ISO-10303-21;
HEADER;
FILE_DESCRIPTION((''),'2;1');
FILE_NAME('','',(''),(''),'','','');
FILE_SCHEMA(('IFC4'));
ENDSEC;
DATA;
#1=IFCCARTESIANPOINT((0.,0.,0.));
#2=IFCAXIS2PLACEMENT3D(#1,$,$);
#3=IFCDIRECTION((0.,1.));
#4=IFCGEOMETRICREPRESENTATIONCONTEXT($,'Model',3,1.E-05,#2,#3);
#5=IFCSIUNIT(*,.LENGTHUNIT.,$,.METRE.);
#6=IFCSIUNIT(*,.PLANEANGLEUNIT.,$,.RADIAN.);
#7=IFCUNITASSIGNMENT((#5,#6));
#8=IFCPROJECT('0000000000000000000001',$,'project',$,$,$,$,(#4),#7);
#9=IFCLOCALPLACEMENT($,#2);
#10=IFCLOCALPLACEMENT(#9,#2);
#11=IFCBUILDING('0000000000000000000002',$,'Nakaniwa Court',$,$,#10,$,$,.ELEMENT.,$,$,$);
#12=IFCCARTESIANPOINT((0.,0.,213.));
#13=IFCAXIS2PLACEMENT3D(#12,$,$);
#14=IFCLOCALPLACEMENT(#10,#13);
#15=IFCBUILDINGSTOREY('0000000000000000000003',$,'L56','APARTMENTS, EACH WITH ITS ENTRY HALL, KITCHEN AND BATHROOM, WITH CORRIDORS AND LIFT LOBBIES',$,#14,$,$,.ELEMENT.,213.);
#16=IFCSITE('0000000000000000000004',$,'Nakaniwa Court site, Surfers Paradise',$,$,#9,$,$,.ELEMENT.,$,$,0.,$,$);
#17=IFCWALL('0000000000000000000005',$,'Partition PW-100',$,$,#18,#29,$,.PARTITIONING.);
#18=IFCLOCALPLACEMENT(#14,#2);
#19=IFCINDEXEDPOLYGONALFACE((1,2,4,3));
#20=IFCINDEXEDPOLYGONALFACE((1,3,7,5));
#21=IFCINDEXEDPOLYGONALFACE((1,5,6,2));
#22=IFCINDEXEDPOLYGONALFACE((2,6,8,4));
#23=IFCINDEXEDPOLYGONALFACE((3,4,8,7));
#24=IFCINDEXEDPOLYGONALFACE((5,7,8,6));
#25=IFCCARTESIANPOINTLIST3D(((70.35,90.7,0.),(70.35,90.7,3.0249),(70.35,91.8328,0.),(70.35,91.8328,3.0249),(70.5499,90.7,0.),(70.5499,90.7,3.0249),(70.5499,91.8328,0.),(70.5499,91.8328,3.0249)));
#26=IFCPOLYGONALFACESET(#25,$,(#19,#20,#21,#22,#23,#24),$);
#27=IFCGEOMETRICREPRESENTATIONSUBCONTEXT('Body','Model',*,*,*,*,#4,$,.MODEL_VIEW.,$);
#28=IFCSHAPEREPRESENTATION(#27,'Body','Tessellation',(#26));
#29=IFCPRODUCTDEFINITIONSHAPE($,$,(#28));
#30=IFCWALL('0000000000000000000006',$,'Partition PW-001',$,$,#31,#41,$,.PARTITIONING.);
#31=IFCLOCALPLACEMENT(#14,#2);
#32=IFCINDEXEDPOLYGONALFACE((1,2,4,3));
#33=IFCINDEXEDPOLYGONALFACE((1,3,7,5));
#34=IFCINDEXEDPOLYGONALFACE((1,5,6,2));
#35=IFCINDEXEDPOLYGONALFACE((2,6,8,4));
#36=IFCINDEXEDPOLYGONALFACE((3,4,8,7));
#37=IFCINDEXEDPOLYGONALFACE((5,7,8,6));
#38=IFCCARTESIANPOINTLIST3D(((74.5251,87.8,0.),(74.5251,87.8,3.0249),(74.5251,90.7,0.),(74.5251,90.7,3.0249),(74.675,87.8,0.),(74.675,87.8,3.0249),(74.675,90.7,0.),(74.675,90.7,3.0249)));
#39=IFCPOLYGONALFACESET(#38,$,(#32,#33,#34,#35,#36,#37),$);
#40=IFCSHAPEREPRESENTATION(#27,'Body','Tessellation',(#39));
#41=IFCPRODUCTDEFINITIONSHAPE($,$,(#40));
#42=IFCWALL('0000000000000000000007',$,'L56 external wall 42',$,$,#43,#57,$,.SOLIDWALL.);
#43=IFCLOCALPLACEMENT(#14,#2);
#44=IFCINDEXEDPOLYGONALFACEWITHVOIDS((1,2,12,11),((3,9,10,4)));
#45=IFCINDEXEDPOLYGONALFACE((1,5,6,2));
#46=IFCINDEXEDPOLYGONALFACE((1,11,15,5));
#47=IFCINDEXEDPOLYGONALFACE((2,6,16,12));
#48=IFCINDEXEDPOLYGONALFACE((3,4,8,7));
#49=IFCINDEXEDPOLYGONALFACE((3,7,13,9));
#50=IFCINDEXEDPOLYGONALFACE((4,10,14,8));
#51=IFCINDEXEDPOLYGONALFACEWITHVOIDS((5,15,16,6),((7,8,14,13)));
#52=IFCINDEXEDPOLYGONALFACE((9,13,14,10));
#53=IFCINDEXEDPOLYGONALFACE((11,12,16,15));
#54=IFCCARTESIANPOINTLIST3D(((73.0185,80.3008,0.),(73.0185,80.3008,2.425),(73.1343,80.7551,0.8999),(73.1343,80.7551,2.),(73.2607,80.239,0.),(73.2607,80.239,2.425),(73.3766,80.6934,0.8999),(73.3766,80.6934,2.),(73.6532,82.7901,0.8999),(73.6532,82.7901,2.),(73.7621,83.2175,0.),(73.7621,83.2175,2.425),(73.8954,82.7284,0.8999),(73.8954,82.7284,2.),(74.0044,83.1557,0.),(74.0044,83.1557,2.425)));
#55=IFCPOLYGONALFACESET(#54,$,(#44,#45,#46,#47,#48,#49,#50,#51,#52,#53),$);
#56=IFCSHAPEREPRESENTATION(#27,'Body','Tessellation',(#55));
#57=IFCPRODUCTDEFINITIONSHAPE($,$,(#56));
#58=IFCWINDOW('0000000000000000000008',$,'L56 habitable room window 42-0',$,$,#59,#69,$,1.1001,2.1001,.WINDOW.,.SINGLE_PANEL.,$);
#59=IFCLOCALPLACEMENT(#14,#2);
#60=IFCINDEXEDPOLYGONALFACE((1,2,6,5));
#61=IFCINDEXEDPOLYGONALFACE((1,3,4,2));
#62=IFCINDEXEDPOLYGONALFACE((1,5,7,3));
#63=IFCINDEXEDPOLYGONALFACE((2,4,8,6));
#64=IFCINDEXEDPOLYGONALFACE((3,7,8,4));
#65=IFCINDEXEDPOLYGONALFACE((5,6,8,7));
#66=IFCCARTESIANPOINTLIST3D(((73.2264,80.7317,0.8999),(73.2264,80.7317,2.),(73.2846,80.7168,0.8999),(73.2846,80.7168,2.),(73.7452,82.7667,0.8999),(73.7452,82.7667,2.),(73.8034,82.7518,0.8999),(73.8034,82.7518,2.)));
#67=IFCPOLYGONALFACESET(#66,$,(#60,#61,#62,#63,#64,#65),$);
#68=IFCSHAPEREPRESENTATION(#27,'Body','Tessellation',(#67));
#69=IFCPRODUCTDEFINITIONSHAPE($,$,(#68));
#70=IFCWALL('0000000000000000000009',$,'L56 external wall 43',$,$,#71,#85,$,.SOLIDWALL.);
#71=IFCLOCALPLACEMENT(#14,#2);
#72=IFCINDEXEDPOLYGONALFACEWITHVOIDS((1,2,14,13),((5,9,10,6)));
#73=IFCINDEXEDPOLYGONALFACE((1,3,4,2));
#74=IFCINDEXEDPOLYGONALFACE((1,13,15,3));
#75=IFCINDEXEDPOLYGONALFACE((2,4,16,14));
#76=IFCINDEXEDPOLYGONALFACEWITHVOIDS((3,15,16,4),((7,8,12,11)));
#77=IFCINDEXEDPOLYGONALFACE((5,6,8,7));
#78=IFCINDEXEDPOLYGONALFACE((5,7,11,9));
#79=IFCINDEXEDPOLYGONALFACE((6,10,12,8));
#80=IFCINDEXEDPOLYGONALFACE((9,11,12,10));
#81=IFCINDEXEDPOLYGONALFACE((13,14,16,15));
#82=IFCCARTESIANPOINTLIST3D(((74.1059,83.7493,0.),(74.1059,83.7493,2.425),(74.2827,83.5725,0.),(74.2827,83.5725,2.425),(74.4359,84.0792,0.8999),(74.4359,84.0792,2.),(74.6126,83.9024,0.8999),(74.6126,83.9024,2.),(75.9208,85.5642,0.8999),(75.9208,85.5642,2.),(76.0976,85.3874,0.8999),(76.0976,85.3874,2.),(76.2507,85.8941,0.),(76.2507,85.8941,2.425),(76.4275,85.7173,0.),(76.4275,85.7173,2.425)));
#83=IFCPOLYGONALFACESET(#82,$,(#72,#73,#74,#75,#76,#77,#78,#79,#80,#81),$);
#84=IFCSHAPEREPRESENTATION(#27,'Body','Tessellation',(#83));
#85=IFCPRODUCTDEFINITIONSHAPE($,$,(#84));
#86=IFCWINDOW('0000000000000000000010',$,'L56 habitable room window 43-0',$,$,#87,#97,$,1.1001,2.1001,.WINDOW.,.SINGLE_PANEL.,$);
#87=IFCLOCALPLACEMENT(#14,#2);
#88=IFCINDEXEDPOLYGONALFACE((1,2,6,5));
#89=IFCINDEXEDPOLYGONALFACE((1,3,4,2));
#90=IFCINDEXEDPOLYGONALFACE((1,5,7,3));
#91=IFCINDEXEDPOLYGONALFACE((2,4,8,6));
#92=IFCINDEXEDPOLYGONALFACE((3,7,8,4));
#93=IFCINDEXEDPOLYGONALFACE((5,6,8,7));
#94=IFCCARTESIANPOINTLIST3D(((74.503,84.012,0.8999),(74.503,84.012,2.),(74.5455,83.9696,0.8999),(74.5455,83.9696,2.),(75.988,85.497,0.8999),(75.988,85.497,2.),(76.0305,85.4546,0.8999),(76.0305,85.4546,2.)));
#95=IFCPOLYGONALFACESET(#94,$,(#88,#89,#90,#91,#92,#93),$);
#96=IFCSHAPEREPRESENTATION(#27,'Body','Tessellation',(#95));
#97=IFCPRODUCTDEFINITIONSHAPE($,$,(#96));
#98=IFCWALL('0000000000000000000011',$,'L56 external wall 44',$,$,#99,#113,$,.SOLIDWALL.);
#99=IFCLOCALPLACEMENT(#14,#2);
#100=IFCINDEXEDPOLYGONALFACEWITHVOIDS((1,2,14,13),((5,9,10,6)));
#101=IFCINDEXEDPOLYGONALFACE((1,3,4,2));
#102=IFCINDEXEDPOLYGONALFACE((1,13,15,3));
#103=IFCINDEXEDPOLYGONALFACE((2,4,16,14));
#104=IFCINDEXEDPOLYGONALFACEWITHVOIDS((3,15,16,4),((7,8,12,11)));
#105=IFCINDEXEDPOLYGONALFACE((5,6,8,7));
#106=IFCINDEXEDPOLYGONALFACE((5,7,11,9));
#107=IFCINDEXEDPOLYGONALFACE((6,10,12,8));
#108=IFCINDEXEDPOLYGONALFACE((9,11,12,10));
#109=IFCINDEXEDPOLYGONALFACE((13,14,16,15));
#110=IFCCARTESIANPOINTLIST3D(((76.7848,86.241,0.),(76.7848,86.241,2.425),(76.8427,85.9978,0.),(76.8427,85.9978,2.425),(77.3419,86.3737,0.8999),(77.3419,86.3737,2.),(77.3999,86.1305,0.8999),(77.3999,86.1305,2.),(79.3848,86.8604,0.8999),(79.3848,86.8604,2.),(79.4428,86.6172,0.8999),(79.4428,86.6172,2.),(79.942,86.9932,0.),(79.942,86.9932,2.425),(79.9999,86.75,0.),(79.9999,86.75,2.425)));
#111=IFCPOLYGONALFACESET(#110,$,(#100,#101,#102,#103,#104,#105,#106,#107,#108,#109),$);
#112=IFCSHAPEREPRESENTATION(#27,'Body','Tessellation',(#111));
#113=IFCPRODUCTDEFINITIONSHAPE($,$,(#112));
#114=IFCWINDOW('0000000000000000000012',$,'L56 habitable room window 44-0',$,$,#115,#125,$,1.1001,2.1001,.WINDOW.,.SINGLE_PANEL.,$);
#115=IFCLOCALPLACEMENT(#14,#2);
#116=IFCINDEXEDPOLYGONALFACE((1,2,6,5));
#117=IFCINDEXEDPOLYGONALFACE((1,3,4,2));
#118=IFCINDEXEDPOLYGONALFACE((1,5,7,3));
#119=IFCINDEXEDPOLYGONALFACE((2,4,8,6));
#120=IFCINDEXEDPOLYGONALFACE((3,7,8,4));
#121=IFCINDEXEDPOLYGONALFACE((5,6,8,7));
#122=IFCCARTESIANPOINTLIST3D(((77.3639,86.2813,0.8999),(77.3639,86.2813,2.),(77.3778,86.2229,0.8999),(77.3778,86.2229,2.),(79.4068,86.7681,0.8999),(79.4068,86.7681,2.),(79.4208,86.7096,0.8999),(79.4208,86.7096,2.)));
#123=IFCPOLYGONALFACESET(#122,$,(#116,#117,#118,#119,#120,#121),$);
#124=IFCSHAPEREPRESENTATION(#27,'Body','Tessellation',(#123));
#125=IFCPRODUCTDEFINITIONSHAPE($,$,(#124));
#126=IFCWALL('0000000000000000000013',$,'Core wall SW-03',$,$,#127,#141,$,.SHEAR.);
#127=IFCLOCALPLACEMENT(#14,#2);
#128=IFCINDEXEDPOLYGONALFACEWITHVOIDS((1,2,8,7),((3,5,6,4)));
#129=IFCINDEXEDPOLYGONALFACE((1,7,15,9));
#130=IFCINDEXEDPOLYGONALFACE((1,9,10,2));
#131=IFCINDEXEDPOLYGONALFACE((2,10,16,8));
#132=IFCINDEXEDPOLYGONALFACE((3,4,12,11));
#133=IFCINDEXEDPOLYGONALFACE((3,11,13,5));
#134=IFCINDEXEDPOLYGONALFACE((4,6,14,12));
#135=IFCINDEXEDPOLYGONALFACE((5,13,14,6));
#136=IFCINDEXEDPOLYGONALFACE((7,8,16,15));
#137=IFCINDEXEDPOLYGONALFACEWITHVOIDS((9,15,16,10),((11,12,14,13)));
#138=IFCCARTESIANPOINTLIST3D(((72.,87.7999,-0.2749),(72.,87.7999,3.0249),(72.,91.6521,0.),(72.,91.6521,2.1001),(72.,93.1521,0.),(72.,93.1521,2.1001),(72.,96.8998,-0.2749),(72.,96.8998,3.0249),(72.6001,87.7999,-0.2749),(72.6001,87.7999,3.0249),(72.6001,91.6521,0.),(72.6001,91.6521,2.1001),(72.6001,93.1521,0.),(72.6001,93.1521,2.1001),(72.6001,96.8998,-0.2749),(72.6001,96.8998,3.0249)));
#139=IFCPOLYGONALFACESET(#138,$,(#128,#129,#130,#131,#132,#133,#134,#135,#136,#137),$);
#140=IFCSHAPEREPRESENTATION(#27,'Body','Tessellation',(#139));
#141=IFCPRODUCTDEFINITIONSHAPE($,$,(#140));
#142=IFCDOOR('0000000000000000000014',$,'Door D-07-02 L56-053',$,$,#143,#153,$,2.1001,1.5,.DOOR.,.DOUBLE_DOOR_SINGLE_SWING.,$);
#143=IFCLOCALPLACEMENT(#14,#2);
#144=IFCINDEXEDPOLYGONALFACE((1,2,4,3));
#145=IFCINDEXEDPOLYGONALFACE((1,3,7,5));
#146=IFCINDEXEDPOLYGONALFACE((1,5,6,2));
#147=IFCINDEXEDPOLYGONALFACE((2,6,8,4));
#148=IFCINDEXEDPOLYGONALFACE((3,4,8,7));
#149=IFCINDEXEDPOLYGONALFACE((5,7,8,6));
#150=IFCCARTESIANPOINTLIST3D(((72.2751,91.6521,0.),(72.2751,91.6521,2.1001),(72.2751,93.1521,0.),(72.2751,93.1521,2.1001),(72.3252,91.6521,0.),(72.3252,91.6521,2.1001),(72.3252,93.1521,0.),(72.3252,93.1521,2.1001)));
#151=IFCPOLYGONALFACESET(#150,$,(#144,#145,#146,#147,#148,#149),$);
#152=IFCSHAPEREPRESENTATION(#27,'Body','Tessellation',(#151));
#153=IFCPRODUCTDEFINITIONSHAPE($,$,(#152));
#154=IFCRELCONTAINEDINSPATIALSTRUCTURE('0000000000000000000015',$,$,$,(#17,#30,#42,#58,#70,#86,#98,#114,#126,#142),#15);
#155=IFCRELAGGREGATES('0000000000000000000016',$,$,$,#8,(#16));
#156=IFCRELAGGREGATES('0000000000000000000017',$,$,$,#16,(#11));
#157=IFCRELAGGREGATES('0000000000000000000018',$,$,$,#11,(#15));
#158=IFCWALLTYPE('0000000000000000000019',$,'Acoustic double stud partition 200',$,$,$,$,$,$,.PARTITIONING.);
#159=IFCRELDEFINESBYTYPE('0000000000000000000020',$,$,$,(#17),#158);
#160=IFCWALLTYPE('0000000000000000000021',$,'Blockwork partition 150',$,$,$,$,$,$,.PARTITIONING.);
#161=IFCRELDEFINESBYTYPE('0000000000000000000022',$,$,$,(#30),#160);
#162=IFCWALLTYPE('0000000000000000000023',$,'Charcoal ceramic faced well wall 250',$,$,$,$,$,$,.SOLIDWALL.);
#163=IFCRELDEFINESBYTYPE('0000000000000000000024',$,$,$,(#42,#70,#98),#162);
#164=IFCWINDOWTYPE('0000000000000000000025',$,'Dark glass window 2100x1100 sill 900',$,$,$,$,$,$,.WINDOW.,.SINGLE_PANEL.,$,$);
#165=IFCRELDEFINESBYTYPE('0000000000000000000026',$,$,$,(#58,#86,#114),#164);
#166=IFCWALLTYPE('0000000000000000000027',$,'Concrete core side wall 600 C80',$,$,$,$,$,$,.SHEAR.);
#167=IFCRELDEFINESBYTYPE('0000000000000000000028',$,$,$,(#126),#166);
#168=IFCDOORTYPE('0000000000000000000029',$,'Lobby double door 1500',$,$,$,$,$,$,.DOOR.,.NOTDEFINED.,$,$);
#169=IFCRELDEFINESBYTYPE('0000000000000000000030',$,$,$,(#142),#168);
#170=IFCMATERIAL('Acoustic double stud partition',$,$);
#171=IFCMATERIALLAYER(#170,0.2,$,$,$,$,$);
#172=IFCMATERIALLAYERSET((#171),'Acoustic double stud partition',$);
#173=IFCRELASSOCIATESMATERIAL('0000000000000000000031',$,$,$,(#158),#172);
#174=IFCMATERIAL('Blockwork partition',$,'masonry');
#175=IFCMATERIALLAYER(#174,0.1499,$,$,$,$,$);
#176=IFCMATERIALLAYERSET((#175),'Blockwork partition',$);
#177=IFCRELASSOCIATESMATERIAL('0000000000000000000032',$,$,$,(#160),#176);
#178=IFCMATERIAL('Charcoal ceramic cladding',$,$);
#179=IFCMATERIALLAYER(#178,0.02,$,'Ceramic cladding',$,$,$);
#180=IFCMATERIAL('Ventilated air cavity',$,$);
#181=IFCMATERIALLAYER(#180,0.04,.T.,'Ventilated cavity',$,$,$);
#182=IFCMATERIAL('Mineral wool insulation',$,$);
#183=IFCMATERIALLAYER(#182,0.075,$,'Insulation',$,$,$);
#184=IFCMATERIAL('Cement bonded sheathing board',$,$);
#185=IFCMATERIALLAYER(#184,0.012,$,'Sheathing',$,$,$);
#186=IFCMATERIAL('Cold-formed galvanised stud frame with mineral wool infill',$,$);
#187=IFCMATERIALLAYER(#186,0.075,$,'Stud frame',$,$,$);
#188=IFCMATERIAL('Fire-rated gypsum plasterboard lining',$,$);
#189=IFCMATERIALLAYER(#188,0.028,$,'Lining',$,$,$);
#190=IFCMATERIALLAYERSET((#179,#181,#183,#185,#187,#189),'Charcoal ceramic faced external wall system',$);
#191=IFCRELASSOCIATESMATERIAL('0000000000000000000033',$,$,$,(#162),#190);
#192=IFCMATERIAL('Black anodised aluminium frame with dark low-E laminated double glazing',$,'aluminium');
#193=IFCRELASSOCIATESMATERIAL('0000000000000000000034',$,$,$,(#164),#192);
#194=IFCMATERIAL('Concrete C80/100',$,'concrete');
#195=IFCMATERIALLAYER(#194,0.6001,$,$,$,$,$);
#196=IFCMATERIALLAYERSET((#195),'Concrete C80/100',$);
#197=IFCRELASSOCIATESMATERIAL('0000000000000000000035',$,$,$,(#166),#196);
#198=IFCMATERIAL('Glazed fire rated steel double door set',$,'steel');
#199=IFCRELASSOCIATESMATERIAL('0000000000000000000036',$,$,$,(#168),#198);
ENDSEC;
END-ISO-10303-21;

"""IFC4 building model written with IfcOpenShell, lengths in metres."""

from ifc_helpers import new_model, si_unit, direction, frame, frame_2d, origin, place, context, subcontext, project, spatial, rectangle, extrude, material, layer, layer_set, type_object, element, fill, save


model = new_model("IFC4")

# Units and contexts
model_context = context("Model", 3, precision=1e-05, world=origin(), true_north=direction((0.0, 1.0)))
body_context = subcontext(model_context, "Body", "Model", "MODEL_VIEW")
ifc_project = project(units=[si_unit("LENGTHUNIT", "METRE"), si_unit("PLANEANGLEUNIT", "RADIAN")], contexts=[model_context])

# Site, building, storey
site_placement = place(None, origin())
site = spatial("IfcSite", under=ifc_project, at=site_placement, Name="Nakaniwa Court site, Surfers Paradise", CompositionType="ELEMENT", RefElevation=0.0)
building_placement = place(site_placement, origin())
building = spatial("IfcBuilding", under=site, at=building_placement, Name="Nakaniwa Court", CompositionType="ELEMENT")
storey_placement = place(building_placement, frame((0.0, 0.0, 213.0)))
storey = spatial("IfcBuildingStorey", under=building, at=storey_placement, Name="L56", Description="APARTMENTS, EACH WITH ITS ENTRY HALL, KITCHEN AND BATHROOM, WITH CORRIDORS AND LIFT LOBBIES", CompositionType="ELEMENT", Elevation=213.0)

# Shared definitions
ifc_material_1 = material(Name="Concrete C80/100", Category="concrete")

# Walls
ifc_material_2 = material(Name="Acoustic double stud partition")
ifc_layer_1 = layer(ifc_material_2, 0.2)
ifc_layer_set_1 = layer_set([ifc_layer_1], Name="Acoustic double stud partition")
wall_type_1 = type_object("IfcWallType", Name="Acoustic double stud partition 200", PredefinedType="PARTITIONING", material=ifc_layer_set_1)
wall_1_placement = place(storey_placement, frame((70.45, 90.7, 0.0), z_axis=(0.0, 0.0, 1.0), x_axis=(0.0, 1.0, 0.0)))
element("IfcWall", 1, at=wall_1_placement, inside=storey, type_object=wall_type_1, Name="Partition PW-100", PredefinedType="PARTITIONING", context=body_context, shape_type="SweptSolid", body=[
    extrude(rectangle(XDim=1.1328, YDim=0.2, at=frame_2d((0.5664, 0.0))), origin(), (0.0, 0.0, 1.0), 3.0249),
])
ifc_material_3 = material(Name="Blockwork partition", Category="masonry")
ifc_layer_2 = layer(ifc_material_3, 0.1499)
ifc_layer_set_2 = layer_set([ifc_layer_2], Name="Blockwork partition")
wall_type_2 = type_object("IfcWallType", Name="Blockwork partition 150", PredefinedType="PARTITIONING", material=ifc_layer_set_2)
wall_2_placement = place(storey_placement, frame((74.6001, 87.8, 0.0), z_axis=(0.0, 0.0, 1.0), x_axis=(0.0, 1.0, 0.0)))
element("IfcWall", 2, at=wall_2_placement, inside=storey, type_object=wall_type_2, Name="Partition PW-001", PredefinedType="PARTITIONING", context=body_context, shape_type="SweptSolid", body=[
    extrude(rectangle(XDim=2.8999, YDim=0.1499, at=frame_2d((1.45, 0.0))), origin(), (0.0, 0.0, 1.0), 3.0249),
])

# Walls, openings, windows
ifc_material_4 = material(Name="Charcoal ceramic cladding")
ifc_layer_3 = layer(ifc_material_4, 0.02, Name="Ceramic cladding")
ifc_material_5 = material(Name="Ventilated air cavity")
ifc_layer_4 = layer(ifc_material_5, 0.04, ventilated=True, Name="Ventilated cavity")
ifc_material_6 = material(Name="Mineral wool insulation")
ifc_layer_5 = layer(ifc_material_6, 0.075, Name="Insulation")
ifc_material_7 = material(Name="Cement bonded sheathing board")
ifc_layer_6 = layer(ifc_material_7, 0.012, Name="Sheathing")
ifc_material_8 = material(Name="Cold-formed galvanised stud frame with mineral wool infill")
ifc_layer_7 = layer(ifc_material_8, 0.075, Name="Stud frame")
ifc_material_9 = material(Name="Fire-rated gypsum plasterboard lining")
ifc_layer_8 = layer(ifc_material_9, 0.028, Name="Lining")
ifc_layer_set_3 = layer_set([ifc_layer_3, ifc_layer_4, ifc_layer_5, ifc_layer_6, ifc_layer_7, ifc_layer_8], Name="Charcoal ceramic faced external wall system")
wall_type_3 = type_object("IfcWallType", Name="Charcoal ceramic faced well wall 250", PredefinedType="SOLIDWALL", material=ifc_layer_set_3)
wall_3_placement = place(storey_placement, frame((73.1396, 80.27, 0.0), z_axis=(0.0, 0.0, 1.0), x_axis=(0.247056, 0.969001, 0.0)))
wall_3 = element("IfcWall", 3, at=wall_3_placement, inside=storey, type_object=wall_type_3, Name="L56 external wall 42", PredefinedType="SOLIDWALL", context=body_context, shape_type="SweptSolid", body=[
    extrude(rectangle(XDim=3.01, YDim=0.25, at=frame_2d((1.5049, 0.0))), origin(), (0.0, 0.0, 1.0), 2.425),
])
opening_1_placement = place(wall_3_placement, frame((0.4688, 0.0, 0.8999)))
opening_1 = element("IfcOpeningElement", 4, at=opening_1_placement, cuts=wall_3, PredefinedType="OPENING", context=body_context, shape_type="SweptSolid", body=[
    extrude(rectangle(XDim=2.1001, YDim=1.1001, at=frame_2d((1.05, 0.55))), frame((0.0, 0.135, 0.0), z_axis=(0.0, -1.0, 0.0), x_axis=(1.0, 0.0, 0.0)), (0.0, 0.0, 1.0), 0.27),
])
ifc_material_10 = material(Name="Black anodised aluminium frame with dark low-E laminated double glazing", Category="aluminium")
window_type = type_object("IfcWindowType", Name="Dark glass window 2100x1100 sill 900", PartitioningType="SINGLE_PANEL", PredefinedType="WINDOW", material=ifc_material_10)
window_1_placement = place(opening_1_placement, origin())
window_1 = element("IfcWindow", 5, at=window_1_placement, inside=storey, type_object=window_type, Name="L56 habitable room window 42-0", OverallHeight=1.1001, OverallWidth=2.1001, PartitioningType="SINGLE_PANEL", PredefinedType="WINDOW", context=body_context, shape_type="SweptSolid", body=[
    extrude(rectangle(XDim=2.1001, YDim=1.1001, at=frame_2d((1.05, 0.55))), frame((0.0, 0.03, 0.0), z_axis=(0.0, -1.0, 0.0), x_axis=(1.0, 0.0, 0.0)), (0.0, 0.0, 1.0), 0.0601),
])
fill(opening_1, window_1)
wall_4_placement = place(storey_placement, frame((74.1943, 83.6609, 0.0), z_axis=(0.0, 0.0, 1.0), x_axis=(0.707107, 0.707107, 0.0)))
wall_4 = element("IfcWall", 6, at=wall_4_placement, inside=storey, type_object=wall_type_3, Name="L56 external wall 43", PredefinedType="SOLIDWALL", context=body_context, shape_type="SweptSolid", body=[
    extrude(rectangle(XDim=3.0332, YDim=0.25, at=frame_2d((1.5166, 0.0))), origin(), (0.0, 0.0, 1.0), 2.425),
])
opening_2_placement = place(wall_4_placement, frame((0.4666, 0.0, 0.8999)))
opening_2 = element("IfcOpeningElement", 7, at=opening_2_placement, cuts=wall_4, PredefinedType="OPENING", context=body_context, shape_type="SweptSolid", body=[
    extrude(rectangle(XDim=2.1001, YDim=1.1001, at=frame_2d((1.05, 0.55))), frame((0.0, 0.135, 0.0), z_axis=(0.0, -1.0, 0.0), x_axis=(1.0, 0.0, 0.0)), (0.0, 0.0, 1.0), 0.27),
])
window_2_placement = place(opening_2_placement, origin())
window_2 = element("IfcWindow", 8, at=window_2_placement, inside=storey, type_object=window_type, Name="L56 habitable room window 43-0", OverallHeight=1.1001, OverallWidth=2.1001, PartitioningType="SINGLE_PANEL", PredefinedType="WINDOW", context=body_context, shape_type="SweptSolid", body=[
    extrude(rectangle(XDim=2.1001, YDim=1.1001, at=frame_2d((1.05, 0.55))), frame((0.0, 0.03, 0.0), z_axis=(0.0, -1.0, 0.0), x_axis=(1.0, 0.0, 0.0)), (0.0, 0.0, 1.0), 0.0601),
])
fill(opening_2, window_2)
wall_5_placement = place(storey_placement, frame((76.8137, 86.1194, 0.0), z_axis=(0.0, 0.0, 1.0), x_axis=(0.972773, 0.23176, 0.0)))
wall_5 = element("IfcWall", 9, at=wall_5_placement, inside=storey, type_object=wall_type_3, Name="L56 external wall 44", PredefinedType="SOLIDWALL", context=body_context, shape_type="SweptSolid", body=[
    extrude(rectangle(XDim=3.2456, YDim=0.25, at=frame_2d((1.6228, 0.0))), origin(), (0.0, 0.0, 1.0), 2.425),
])
opening_3_placement = place(wall_5_placement, frame((0.5728, 0.0, 0.8999)))
opening_3 = element("IfcOpeningElement", 10, at=opening_3_placement, cuts=wall_5, PredefinedType="OPENING", context=body_context, shape_type="SweptSolid", body=[
    extrude(rectangle(XDim=2.1001, YDim=1.1001, at=frame_2d((1.05, 0.55))), frame((0.0, 0.135, 0.0), z_axis=(0.0, -1.0, 0.0), x_axis=(1.0, 0.0, 0.0)), (0.0, 0.0, 1.0), 0.27),
])
window_3_placement = place(opening_3_placement, origin())
window_3 = element("IfcWindow", 11, at=window_3_placement, inside=storey, type_object=window_type, Name="L56 habitable room window 44-0", OverallHeight=1.1001, OverallWidth=2.1001, PartitioningType="SINGLE_PANEL", PredefinedType="WINDOW", context=body_context, shape_type="SweptSolid", body=[
    extrude(rectangle(XDim=2.1001, YDim=1.1001, at=frame_2d((1.05, 0.55))), frame((0.0, 0.03, 0.0), z_axis=(0.0, -1.0, 0.0), x_axis=(1.0, 0.0, 0.0)), (0.0, 0.0, 1.0), 0.0601),
])
fill(opening_3, window_3)

# Wall, opening, door
ifc_layer_9 = layer(ifc_material_1, 0.6001)
ifc_layer_set_4 = layer_set([ifc_layer_9], Name="Concrete C80/100")
wall_type_4 = type_object("IfcWallType", Name="Concrete core side wall 600 C80", PredefinedType="SHEAR", material=ifc_layer_set_4)
wall_6_placement = place(storey_placement, frame((72.3, 87.8, -0.2749), z_axis=(0.0, 0.0, 1.0), x_axis=(0.0, 1.0, 0.0)))
wall_6 = element("IfcWall", 12, at=wall_6_placement, inside=storey, type_object=wall_type_4, Name="Core wall SW-03", PredefinedType="SHEAR", context=body_context, shape_type="SweptSolid", body=[
    extrude(rectangle(XDim=9.0999, YDim=0.6001, at=frame_2d((4.5498, 0.0))), origin(), (0.0, 0.0, 1.0), 3.2998),
])
opening_4_placement = place(wall_6_placement, frame((3.8521, 0.0, 0.2749)))
opening_4 = element("IfcOpeningElement", 13, at=opening_4_placement, cuts=wall_6, PredefinedType="OPENING", context=body_context, shape_type="SweptSolid", body=[
    extrude(rectangle(XDim=1.5, YDim=2.1001, at=frame_2d((0.75, 1.05))), frame((0.0, 0.3101, 0.0), z_axis=(0.0, -1.0, 0.0), x_axis=(1.0, 0.0, 0.0)), (0.0, 0.0, 1.0), 0.6201),
])
ifc_material_11 = material(Name="Glazed fire rated steel double door set", Category="steel")
door_type = type_object("IfcDoorType", Name="Lobby double door 1500", OperationType="NOTDEFINED", PredefinedType="DOOR", material=ifc_material_11)
door_placement = place(opening_4_placement, origin())
door = element("IfcDoor", 14, at=door_placement, inside=storey, type_object=door_type, Name="Door D-07-02 L56-053", OperationType="DOUBLE_DOOR_SINGLE_SWING", OverallHeight=2.1001, OverallWidth=1.5, PredefinedType="DOOR", context=body_context, shape_type="SweptSolid", body=[
    extrude(rectangle(XDim=1.5, YDim=2.1001, at=frame_2d((0.75, 1.05))), frame((0.0, 0.0249, 0.0), z_axis=(0.0, -1.0, 0.0), x_axis=(1.0, 0.0, 0.0)), (0.0, 0.0, 1.0), 0.05),
])
fill(opening_4, door)

save(model, "model.ifc")
